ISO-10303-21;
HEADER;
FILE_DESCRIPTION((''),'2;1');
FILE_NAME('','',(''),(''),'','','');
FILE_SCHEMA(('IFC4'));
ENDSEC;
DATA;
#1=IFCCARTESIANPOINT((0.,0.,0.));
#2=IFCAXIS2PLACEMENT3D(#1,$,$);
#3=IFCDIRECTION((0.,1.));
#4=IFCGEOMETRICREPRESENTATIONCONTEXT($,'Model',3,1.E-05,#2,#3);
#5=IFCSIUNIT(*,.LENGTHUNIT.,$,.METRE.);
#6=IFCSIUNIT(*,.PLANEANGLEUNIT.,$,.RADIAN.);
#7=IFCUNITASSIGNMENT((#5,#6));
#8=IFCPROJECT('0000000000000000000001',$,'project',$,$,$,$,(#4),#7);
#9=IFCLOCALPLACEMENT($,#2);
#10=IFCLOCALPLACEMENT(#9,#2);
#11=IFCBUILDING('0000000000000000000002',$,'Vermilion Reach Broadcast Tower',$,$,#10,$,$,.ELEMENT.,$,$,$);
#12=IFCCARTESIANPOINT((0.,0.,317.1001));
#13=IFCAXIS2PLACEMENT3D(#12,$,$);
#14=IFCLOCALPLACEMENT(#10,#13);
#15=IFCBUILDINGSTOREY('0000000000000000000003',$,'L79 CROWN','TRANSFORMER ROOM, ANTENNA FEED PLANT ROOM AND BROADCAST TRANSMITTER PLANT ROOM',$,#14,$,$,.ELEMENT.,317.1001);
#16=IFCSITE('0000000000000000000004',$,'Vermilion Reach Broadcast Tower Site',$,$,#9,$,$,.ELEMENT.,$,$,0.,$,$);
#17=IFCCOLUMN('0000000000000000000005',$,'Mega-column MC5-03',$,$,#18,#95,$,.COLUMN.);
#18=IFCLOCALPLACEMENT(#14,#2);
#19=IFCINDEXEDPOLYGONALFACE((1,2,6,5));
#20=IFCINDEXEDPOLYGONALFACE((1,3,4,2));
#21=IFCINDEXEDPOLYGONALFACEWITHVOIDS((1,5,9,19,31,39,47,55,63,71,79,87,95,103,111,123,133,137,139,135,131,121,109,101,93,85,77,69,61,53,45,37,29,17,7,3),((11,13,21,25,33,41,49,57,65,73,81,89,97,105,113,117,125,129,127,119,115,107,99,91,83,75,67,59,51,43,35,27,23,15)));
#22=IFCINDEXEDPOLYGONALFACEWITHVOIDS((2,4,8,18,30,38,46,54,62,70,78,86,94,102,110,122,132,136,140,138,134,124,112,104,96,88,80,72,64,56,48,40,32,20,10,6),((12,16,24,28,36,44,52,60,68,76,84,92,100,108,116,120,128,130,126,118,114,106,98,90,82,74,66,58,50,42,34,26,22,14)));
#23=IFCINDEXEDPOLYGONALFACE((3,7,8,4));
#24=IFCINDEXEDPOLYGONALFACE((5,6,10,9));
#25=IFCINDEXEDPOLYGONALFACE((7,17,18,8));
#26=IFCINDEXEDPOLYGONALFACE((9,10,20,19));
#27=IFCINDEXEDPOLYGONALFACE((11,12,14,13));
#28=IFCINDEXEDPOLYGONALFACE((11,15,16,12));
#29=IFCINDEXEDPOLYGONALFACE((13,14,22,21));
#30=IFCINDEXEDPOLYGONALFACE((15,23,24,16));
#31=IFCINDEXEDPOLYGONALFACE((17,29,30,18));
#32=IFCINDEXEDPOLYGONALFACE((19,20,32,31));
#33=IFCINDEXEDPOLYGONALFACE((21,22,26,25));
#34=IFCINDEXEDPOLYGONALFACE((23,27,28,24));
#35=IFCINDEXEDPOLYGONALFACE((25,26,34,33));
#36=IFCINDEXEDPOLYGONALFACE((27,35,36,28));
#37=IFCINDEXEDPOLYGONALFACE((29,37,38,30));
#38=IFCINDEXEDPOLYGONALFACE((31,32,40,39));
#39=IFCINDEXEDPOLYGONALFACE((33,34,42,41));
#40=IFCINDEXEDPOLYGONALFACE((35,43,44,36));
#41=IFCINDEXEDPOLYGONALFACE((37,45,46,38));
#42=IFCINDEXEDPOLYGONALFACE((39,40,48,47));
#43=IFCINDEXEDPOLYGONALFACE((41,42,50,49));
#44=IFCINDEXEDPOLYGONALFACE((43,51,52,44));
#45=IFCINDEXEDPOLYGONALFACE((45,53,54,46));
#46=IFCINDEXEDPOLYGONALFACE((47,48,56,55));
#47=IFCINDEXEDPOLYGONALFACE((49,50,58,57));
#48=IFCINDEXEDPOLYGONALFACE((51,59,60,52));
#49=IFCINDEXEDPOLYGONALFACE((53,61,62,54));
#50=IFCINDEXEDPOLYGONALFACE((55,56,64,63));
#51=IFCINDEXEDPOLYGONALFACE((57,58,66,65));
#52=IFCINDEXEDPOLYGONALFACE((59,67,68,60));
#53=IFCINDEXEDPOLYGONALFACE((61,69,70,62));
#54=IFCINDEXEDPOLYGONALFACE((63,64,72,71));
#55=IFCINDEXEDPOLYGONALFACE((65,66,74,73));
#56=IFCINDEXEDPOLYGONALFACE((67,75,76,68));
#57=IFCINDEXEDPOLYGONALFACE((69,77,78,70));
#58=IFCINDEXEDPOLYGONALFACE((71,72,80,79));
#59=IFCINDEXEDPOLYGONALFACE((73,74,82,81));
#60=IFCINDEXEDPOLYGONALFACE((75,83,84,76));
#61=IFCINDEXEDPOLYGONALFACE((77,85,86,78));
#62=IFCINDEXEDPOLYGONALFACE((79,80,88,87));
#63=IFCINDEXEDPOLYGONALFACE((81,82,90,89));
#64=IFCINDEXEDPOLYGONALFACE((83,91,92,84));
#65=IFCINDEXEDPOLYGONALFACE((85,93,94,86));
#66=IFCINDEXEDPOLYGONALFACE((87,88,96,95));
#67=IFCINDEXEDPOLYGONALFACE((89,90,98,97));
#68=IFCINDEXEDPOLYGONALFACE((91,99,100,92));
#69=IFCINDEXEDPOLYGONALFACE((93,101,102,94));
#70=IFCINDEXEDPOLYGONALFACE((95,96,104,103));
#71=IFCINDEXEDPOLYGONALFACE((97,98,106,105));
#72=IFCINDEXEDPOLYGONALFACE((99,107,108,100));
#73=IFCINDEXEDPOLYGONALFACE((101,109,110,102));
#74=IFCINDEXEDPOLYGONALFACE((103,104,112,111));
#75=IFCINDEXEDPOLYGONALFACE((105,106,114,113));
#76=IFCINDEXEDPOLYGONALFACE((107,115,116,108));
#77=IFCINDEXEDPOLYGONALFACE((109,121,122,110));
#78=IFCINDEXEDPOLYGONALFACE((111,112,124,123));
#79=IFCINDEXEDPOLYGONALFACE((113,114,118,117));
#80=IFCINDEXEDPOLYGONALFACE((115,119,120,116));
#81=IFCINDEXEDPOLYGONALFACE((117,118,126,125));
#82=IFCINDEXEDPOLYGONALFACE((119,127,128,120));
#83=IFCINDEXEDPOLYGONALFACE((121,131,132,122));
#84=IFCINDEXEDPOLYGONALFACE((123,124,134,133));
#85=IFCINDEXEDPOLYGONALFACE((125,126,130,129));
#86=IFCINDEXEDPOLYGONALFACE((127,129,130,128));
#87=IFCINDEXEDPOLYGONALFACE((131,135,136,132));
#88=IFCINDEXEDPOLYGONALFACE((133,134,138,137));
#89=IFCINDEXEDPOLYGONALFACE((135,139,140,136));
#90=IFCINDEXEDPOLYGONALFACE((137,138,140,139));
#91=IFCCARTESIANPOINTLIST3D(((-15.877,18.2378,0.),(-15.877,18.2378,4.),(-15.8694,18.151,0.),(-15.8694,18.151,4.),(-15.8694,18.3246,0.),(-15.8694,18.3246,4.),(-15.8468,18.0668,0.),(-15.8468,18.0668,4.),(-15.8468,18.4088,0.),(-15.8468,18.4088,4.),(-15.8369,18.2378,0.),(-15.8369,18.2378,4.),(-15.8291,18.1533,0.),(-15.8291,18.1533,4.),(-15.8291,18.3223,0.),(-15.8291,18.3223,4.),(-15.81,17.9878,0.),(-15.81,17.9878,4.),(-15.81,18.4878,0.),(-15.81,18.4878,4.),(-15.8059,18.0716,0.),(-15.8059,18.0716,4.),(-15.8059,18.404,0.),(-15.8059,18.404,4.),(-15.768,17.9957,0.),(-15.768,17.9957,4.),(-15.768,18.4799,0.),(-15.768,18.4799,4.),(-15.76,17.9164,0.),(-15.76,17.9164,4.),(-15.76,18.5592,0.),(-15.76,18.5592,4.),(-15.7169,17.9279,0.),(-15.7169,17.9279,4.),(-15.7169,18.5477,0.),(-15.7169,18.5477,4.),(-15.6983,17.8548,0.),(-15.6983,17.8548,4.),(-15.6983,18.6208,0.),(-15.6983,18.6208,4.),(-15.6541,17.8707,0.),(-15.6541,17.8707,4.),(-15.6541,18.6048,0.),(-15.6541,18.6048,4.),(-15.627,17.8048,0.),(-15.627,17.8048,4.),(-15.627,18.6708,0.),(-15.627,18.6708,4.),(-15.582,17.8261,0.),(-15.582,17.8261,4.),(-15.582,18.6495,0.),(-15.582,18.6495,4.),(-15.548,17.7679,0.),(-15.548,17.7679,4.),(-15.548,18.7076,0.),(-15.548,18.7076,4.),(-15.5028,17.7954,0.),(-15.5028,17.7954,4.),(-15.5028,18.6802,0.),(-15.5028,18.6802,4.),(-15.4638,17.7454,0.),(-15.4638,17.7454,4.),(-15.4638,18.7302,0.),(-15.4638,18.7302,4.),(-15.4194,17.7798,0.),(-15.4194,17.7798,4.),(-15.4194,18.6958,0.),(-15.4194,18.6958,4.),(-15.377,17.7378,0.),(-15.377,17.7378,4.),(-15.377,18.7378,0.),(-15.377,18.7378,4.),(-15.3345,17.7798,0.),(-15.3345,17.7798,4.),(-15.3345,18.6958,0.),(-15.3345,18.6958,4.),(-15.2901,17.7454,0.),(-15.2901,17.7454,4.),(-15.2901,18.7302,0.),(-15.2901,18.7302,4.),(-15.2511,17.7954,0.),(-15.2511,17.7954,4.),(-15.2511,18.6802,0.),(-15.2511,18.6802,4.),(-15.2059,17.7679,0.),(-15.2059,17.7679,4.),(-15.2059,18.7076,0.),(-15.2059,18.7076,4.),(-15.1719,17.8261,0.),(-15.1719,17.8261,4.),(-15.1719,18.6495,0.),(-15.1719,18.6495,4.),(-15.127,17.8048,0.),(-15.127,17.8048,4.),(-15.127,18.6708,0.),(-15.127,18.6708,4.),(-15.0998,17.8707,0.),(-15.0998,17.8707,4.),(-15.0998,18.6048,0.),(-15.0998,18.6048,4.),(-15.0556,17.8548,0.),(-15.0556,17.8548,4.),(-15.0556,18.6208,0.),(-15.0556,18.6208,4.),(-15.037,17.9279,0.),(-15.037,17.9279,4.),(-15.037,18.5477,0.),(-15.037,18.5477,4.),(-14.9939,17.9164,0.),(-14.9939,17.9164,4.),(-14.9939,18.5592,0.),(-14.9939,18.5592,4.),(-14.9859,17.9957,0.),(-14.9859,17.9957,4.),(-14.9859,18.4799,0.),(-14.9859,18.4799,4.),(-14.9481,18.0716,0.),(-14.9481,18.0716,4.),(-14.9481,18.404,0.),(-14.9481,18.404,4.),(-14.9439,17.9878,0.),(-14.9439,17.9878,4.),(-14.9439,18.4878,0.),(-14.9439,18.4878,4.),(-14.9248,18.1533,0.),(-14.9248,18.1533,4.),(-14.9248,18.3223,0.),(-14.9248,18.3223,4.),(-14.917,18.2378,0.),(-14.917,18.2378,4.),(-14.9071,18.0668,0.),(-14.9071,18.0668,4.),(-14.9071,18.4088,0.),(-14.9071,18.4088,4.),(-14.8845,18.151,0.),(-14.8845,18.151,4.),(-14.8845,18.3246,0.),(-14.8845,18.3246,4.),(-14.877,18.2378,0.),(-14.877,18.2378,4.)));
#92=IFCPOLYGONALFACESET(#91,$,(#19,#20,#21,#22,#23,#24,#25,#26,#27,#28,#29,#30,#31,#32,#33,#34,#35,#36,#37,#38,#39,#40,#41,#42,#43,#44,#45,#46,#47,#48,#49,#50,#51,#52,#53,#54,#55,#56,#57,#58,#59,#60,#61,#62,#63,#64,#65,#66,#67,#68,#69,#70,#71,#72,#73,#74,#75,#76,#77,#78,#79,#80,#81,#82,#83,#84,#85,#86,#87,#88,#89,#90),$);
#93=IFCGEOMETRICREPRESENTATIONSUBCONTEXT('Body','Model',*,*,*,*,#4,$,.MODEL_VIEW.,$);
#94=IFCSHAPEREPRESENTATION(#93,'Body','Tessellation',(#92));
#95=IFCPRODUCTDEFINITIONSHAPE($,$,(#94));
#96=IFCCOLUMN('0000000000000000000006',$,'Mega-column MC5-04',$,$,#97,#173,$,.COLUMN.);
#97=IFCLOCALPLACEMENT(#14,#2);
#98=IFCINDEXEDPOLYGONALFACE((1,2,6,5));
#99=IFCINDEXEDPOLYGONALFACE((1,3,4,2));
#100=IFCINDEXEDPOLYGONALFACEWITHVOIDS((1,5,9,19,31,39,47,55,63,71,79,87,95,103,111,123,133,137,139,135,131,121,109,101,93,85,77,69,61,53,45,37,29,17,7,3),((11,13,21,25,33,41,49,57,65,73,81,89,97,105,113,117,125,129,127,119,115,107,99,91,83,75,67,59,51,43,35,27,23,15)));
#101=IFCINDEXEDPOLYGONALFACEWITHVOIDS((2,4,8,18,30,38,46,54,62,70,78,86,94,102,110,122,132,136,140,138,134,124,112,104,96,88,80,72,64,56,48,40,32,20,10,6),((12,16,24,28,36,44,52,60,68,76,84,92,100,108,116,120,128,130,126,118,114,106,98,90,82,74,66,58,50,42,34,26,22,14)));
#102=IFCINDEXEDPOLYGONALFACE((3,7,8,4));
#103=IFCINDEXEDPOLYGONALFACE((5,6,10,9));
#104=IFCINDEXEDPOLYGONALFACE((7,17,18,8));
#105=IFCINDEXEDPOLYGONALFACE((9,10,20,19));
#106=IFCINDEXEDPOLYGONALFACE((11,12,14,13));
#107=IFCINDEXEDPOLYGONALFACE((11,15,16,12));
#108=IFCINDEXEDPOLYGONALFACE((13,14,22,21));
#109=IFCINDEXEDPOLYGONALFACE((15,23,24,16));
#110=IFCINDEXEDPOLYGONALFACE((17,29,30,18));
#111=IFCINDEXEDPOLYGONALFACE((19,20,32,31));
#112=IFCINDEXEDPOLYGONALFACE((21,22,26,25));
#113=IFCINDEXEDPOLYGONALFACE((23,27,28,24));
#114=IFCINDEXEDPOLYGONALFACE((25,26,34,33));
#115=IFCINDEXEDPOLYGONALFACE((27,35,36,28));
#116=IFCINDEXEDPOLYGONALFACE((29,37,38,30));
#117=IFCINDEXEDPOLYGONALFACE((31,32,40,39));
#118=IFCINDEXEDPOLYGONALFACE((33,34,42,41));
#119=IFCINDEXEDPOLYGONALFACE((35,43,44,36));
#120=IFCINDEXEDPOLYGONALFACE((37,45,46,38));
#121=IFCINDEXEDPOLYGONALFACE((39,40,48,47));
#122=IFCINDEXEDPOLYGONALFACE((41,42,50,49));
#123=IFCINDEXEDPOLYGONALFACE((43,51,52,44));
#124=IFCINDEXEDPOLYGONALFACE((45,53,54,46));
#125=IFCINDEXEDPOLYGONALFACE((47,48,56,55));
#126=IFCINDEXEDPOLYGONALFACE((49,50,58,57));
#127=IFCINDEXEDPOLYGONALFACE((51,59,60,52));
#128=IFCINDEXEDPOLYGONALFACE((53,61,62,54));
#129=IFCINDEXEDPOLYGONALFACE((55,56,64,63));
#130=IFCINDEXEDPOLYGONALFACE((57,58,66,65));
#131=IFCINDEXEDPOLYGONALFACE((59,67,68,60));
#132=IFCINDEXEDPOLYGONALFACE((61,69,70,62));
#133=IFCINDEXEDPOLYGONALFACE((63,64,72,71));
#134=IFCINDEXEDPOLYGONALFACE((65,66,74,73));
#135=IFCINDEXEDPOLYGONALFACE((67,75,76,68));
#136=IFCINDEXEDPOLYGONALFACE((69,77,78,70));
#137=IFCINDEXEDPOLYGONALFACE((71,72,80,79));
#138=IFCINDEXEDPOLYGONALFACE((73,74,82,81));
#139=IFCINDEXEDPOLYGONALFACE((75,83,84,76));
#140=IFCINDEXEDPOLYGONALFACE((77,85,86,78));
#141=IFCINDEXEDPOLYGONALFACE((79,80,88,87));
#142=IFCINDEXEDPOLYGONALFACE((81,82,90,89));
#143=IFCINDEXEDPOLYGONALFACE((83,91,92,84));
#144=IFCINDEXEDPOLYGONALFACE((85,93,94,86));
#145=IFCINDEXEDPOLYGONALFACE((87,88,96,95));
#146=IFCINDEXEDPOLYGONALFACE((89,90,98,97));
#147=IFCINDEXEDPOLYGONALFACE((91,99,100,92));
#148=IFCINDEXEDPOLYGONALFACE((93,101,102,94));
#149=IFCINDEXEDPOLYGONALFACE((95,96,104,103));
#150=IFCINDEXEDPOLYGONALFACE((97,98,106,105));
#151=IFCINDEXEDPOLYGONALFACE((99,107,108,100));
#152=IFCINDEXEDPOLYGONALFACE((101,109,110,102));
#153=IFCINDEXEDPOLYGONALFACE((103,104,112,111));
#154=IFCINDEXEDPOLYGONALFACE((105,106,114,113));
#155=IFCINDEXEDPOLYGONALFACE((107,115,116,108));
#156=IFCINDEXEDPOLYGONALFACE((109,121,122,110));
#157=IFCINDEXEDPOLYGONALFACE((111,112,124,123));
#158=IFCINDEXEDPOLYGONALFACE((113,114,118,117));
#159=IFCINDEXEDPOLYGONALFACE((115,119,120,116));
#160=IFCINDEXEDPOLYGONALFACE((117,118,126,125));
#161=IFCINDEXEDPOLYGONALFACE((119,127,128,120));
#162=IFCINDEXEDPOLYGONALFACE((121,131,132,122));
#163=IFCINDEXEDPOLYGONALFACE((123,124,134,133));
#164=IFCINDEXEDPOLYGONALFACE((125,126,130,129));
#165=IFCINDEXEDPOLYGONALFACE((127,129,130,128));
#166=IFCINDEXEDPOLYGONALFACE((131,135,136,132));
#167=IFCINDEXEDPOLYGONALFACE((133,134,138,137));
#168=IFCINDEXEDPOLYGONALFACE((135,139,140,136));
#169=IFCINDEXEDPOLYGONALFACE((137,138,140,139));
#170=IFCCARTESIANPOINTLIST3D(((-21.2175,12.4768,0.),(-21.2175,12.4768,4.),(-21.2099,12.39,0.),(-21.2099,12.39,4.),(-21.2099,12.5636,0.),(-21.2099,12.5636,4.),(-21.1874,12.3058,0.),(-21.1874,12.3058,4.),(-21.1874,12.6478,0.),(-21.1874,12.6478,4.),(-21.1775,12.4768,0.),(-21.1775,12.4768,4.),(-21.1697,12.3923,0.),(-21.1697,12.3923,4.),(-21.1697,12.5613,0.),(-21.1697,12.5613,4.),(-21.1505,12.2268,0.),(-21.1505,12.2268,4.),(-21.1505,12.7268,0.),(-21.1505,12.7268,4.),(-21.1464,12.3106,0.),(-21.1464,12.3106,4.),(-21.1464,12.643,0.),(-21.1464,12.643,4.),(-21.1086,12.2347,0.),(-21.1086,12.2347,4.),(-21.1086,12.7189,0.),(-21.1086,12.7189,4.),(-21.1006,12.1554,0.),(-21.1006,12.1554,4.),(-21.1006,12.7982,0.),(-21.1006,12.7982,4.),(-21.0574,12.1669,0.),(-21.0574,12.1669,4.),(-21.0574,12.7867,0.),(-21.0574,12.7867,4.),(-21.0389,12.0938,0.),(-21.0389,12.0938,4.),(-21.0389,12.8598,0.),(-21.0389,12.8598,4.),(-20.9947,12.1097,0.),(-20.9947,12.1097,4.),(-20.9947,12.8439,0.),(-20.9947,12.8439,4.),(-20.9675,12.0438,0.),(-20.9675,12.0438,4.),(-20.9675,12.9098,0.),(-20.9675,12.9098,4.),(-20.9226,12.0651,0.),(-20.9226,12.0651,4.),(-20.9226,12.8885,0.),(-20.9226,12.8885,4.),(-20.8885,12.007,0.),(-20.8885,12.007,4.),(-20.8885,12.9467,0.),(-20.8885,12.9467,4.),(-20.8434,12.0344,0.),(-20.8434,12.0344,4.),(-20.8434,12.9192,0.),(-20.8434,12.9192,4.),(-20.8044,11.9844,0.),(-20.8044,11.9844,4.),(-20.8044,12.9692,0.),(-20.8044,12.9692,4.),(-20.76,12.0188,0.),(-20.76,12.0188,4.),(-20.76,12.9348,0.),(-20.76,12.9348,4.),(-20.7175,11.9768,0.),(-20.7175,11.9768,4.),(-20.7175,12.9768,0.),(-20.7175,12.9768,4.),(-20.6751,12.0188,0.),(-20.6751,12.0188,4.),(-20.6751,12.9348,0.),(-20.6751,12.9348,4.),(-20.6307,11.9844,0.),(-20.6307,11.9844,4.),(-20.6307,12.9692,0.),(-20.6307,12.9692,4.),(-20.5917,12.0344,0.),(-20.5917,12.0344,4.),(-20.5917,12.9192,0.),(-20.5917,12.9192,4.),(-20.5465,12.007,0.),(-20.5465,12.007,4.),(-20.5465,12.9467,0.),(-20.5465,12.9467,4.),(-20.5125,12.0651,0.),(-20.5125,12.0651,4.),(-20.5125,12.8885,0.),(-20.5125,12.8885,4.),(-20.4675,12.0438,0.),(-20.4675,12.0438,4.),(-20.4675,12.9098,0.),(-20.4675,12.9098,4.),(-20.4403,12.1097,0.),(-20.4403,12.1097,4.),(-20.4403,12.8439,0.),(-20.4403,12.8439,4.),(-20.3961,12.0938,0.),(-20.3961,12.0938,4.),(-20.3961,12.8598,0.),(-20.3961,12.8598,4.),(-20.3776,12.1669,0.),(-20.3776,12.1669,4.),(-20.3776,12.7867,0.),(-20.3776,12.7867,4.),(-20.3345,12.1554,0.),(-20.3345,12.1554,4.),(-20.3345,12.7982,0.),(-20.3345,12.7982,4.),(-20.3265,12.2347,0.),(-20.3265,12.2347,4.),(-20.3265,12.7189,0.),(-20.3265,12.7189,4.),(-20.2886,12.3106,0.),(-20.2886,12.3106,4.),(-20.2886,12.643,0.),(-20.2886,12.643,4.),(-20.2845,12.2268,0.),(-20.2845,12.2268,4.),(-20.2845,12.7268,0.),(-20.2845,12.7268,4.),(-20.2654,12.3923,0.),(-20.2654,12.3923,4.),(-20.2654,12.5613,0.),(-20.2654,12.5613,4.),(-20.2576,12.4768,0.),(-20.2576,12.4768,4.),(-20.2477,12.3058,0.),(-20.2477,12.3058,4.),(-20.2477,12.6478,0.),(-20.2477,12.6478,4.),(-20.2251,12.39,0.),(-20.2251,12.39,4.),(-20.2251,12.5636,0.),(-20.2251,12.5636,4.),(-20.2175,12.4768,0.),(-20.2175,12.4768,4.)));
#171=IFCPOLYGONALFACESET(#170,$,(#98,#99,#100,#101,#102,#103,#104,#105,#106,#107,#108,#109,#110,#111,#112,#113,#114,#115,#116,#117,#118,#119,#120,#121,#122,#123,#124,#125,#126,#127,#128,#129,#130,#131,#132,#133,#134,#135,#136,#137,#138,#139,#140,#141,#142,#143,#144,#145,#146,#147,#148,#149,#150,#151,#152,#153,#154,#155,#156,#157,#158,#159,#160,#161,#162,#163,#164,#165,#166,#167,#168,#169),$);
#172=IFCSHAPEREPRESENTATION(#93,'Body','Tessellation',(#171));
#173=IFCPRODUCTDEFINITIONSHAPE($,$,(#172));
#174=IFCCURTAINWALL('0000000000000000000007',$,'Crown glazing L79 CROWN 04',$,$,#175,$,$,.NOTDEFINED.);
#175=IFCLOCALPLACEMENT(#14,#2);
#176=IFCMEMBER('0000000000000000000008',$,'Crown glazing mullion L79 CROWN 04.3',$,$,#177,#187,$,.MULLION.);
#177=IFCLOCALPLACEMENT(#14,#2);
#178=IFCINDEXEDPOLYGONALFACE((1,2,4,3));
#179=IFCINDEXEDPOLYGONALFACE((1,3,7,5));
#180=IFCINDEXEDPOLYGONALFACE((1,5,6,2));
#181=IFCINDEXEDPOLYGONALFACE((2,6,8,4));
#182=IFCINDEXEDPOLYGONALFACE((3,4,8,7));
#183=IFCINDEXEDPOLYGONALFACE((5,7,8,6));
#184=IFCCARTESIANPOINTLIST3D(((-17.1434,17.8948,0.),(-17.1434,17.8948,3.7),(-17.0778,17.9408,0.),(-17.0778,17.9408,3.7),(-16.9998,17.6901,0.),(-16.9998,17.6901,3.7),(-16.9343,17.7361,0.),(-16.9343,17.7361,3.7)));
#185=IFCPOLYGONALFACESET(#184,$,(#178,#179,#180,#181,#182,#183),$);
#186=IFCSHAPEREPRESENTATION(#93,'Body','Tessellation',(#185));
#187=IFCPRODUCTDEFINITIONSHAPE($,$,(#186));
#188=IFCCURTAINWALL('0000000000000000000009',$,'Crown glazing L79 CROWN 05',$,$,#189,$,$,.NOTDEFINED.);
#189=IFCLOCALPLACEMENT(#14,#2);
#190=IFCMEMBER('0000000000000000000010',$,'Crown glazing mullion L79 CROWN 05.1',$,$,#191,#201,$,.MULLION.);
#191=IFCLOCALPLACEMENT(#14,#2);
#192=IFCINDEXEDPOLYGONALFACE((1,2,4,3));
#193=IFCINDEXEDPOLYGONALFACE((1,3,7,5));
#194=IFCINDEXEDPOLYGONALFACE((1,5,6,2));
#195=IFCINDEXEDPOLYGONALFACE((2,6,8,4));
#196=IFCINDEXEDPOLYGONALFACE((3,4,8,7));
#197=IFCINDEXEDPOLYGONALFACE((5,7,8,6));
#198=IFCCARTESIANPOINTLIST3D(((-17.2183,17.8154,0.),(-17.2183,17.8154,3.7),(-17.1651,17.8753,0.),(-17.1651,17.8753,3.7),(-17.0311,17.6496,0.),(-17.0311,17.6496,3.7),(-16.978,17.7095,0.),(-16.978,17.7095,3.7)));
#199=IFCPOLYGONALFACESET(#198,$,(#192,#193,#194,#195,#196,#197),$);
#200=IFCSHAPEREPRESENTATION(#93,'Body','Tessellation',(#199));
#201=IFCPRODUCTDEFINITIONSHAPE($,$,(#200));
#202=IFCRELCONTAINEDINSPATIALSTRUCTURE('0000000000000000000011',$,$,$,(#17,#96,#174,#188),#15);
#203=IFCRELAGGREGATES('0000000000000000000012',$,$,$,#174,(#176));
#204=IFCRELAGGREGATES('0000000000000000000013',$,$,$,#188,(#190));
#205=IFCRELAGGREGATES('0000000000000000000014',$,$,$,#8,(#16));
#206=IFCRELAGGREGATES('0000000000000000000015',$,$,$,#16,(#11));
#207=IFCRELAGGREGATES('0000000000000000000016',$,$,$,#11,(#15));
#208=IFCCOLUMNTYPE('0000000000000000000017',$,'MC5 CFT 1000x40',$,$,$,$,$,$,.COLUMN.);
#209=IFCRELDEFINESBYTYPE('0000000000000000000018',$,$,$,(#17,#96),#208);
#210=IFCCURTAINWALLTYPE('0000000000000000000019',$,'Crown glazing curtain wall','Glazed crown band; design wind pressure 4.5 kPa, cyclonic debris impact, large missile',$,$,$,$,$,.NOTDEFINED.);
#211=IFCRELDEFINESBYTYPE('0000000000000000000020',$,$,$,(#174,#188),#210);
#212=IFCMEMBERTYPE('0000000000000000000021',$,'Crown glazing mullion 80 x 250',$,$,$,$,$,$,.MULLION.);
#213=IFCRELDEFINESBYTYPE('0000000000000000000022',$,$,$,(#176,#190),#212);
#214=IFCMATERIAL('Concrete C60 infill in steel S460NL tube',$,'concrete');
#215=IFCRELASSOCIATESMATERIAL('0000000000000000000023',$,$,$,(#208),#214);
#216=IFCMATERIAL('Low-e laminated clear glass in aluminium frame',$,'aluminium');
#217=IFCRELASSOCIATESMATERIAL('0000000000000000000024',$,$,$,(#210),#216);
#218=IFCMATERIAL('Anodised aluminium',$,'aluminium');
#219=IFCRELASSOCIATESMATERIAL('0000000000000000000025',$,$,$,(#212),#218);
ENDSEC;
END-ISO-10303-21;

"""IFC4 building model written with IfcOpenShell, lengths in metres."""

from ifc_helpers import new_model, si_unit, direction, frame, origin, origin_2d, place, context, subcontext, project, spatial, rectangle, hollow_circle, extrude, material, material_profile, profile_set, type_object, element, aggregate, save


model = new_model("IFC4")

# Units and contexts
model_context = context("Model", 3, precision=1e-05, world=origin(), true_north=direction((0.0, 1.0)))
body_context = subcontext(model_context, "Body", "Model", "MODEL_VIEW")
ifc_project = project(units=[si_unit("LENGTHUNIT", "METRE"), si_unit("PLANEANGLEUNIT", "RADIAN")], contexts=[model_context])

# Site, building, storey
site_placement = place(None, origin())
site = spatial("IfcSite", under=ifc_project, at=site_placement, Name="Vermilion Reach Broadcast Tower Site", CompositionType="ELEMENT", RefElevation=0.0)
building_placement = place(site_placement, origin())
building = spatial("IfcBuilding", under=site, at=building_placement, Name="Vermilion Reach Broadcast Tower", CompositionType="ELEMENT")
storey_placement = place(building_placement, frame((0.0, 0.0, 317.1001)))
storey = spatial("IfcBuildingStorey", under=building, at=storey_placement, Name="L79 CROWN", Description="TRANSFORMER ROOM, ANTENNA FEED PLANT ROOM AND BROADCAST TRANSMITTER PLANT ROOM", CompositionType="ELEMENT", Elevation=317.1001)

# Columns
ifc_material_1 = material(Name="Concrete C60 infill in steel S460NL tube", Category="concrete")
ifc_material_profile_1 = material_profile(ifc_material_1, hollow_circle(Radius=0.5, WallThickness=0.04, at=origin_2d()), Name="Concrete C60 infill in steel S460NL tube CFT 1000x40")
ifc_profile_set_1 = profile_set([ifc_material_profile_1], Name="Concrete C60 infill in steel S460NL tube")
column_type = type_object("IfcColumnType", Name="MC5 CFT 1000x40", PredefinedType="COLUMN", material=ifc_profile_set_1)
for number, where, z_axis, x_axis, name in (
    (1, (-15.377, 18.2378, 0.0), (0.0, 0.0, 1.0), (1.0, 0.0, 0.0), "Mega-column MC5-03"),
    (2, (-20.7175, 12.4768, 0.0), (0.0, 0.0, 1.0), (1.0, 0.0, 0.0), "Mega-column MC5-04"),
):
    element("IfcColumn", number, at=place(storey_placement, frame(where, z_axis=z_axis, x_axis=x_axis)), inside=storey, type_object=column_type, Name=name, PredefinedType="COLUMN", context=body_context, shape_type="SweptSolid", body=[
        extrude(hollow_circle(Radius=0.5, WallThickness=0.04, at=origin_2d()), origin(), (0.0, 0.0, 1.0), 4.0),
    ])

# Curtain wall, member
ifc_material_2 = material(Name="Low-e laminated clear glass in aluminium frame", Category="aluminium")
curtain_wall_type = type_object("IfcCurtainWallType", Name="Crown glazing curtain wall", Description="Glazed crown band; design wind pressure 4.5 kPa, cyclonic debris impact, large missile", PredefinedType="NOTDEFINED", material=ifc_material_2)
placement = place(storey_placement, origin())
curtain_wall_1 = element("IfcCurtainWall", 3, at=placement, inside=storey, type_object=curtain_wall_type, Name="Crown glazing L79 CROWN 04", PredefinedType="NOTDEFINED")
ifc_material_3 = material(Name="Anodised aluminium", Category="aluminium")
ifc_material_profile_2 = material_profile(ifc_material_3, rectangle(XDim=0.25, YDim=0.0801, at=origin_2d()), Name="Crown glazing mullion 80 x 250")
ifc_profile_set_2 = profile_set([ifc_material_profile_2], Name="Anodised aluminium")
member_type_1 = type_object("IfcMemberType", Name="Crown glazing mullion 80 x 250", PredefinedType="MULLION", material=ifc_profile_set_2)
member_1_placement = place(storey_placement, frame((-17.0388, 17.8154, 0.0), z_axis=(0.0, 0.0, 1.0), x_axis=(0.574164, -0.81874, 0.0)))
member_1 = element("IfcMember", 4, at=member_1_placement, type_object=member_type_1, Name="Crown glazing mullion L79 CROWN 04.3", PredefinedType="MULLION", context=body_context, shape_type="SweptSolid", body=[
    extrude(rectangle(XDim=0.25, YDim=0.0801, at=origin_2d()), origin(), (0.0, 0.0, 1.0), 3.7),
])

# Curtain wall, member
curtain_wall_2 = element("IfcCurtainWall", 5, at=placement, inside=storey, type_object=curtain_wall_type, Name="Crown glazing L79 CROWN 05", PredefinedType="NOTDEFINED")
member_2_placement = place(storey_placement, frame((-17.0981, 17.7625, 0.0), z_axis=(0.0, 0.0, 1.0), x_axis=(0.748408, -0.663239, 0.0)))
member_2 = element("IfcMember", 6, at=member_2_placement, type_object=member_type_1, Name="Crown glazing mullion L79 CROWN 05.1", PredefinedType="MULLION", context=body_context, shape_type="SweptSolid", body=[
    extrude(rectangle(XDim=0.25, YDim=0.0801, at=origin_2d()), origin(), (0.0, 0.0, 1.0), 3.7),
])

aggregate(curtain_wall_1, [member_1])
aggregate(curtain_wall_2, [member_2])

save(model, "model.ifc")
